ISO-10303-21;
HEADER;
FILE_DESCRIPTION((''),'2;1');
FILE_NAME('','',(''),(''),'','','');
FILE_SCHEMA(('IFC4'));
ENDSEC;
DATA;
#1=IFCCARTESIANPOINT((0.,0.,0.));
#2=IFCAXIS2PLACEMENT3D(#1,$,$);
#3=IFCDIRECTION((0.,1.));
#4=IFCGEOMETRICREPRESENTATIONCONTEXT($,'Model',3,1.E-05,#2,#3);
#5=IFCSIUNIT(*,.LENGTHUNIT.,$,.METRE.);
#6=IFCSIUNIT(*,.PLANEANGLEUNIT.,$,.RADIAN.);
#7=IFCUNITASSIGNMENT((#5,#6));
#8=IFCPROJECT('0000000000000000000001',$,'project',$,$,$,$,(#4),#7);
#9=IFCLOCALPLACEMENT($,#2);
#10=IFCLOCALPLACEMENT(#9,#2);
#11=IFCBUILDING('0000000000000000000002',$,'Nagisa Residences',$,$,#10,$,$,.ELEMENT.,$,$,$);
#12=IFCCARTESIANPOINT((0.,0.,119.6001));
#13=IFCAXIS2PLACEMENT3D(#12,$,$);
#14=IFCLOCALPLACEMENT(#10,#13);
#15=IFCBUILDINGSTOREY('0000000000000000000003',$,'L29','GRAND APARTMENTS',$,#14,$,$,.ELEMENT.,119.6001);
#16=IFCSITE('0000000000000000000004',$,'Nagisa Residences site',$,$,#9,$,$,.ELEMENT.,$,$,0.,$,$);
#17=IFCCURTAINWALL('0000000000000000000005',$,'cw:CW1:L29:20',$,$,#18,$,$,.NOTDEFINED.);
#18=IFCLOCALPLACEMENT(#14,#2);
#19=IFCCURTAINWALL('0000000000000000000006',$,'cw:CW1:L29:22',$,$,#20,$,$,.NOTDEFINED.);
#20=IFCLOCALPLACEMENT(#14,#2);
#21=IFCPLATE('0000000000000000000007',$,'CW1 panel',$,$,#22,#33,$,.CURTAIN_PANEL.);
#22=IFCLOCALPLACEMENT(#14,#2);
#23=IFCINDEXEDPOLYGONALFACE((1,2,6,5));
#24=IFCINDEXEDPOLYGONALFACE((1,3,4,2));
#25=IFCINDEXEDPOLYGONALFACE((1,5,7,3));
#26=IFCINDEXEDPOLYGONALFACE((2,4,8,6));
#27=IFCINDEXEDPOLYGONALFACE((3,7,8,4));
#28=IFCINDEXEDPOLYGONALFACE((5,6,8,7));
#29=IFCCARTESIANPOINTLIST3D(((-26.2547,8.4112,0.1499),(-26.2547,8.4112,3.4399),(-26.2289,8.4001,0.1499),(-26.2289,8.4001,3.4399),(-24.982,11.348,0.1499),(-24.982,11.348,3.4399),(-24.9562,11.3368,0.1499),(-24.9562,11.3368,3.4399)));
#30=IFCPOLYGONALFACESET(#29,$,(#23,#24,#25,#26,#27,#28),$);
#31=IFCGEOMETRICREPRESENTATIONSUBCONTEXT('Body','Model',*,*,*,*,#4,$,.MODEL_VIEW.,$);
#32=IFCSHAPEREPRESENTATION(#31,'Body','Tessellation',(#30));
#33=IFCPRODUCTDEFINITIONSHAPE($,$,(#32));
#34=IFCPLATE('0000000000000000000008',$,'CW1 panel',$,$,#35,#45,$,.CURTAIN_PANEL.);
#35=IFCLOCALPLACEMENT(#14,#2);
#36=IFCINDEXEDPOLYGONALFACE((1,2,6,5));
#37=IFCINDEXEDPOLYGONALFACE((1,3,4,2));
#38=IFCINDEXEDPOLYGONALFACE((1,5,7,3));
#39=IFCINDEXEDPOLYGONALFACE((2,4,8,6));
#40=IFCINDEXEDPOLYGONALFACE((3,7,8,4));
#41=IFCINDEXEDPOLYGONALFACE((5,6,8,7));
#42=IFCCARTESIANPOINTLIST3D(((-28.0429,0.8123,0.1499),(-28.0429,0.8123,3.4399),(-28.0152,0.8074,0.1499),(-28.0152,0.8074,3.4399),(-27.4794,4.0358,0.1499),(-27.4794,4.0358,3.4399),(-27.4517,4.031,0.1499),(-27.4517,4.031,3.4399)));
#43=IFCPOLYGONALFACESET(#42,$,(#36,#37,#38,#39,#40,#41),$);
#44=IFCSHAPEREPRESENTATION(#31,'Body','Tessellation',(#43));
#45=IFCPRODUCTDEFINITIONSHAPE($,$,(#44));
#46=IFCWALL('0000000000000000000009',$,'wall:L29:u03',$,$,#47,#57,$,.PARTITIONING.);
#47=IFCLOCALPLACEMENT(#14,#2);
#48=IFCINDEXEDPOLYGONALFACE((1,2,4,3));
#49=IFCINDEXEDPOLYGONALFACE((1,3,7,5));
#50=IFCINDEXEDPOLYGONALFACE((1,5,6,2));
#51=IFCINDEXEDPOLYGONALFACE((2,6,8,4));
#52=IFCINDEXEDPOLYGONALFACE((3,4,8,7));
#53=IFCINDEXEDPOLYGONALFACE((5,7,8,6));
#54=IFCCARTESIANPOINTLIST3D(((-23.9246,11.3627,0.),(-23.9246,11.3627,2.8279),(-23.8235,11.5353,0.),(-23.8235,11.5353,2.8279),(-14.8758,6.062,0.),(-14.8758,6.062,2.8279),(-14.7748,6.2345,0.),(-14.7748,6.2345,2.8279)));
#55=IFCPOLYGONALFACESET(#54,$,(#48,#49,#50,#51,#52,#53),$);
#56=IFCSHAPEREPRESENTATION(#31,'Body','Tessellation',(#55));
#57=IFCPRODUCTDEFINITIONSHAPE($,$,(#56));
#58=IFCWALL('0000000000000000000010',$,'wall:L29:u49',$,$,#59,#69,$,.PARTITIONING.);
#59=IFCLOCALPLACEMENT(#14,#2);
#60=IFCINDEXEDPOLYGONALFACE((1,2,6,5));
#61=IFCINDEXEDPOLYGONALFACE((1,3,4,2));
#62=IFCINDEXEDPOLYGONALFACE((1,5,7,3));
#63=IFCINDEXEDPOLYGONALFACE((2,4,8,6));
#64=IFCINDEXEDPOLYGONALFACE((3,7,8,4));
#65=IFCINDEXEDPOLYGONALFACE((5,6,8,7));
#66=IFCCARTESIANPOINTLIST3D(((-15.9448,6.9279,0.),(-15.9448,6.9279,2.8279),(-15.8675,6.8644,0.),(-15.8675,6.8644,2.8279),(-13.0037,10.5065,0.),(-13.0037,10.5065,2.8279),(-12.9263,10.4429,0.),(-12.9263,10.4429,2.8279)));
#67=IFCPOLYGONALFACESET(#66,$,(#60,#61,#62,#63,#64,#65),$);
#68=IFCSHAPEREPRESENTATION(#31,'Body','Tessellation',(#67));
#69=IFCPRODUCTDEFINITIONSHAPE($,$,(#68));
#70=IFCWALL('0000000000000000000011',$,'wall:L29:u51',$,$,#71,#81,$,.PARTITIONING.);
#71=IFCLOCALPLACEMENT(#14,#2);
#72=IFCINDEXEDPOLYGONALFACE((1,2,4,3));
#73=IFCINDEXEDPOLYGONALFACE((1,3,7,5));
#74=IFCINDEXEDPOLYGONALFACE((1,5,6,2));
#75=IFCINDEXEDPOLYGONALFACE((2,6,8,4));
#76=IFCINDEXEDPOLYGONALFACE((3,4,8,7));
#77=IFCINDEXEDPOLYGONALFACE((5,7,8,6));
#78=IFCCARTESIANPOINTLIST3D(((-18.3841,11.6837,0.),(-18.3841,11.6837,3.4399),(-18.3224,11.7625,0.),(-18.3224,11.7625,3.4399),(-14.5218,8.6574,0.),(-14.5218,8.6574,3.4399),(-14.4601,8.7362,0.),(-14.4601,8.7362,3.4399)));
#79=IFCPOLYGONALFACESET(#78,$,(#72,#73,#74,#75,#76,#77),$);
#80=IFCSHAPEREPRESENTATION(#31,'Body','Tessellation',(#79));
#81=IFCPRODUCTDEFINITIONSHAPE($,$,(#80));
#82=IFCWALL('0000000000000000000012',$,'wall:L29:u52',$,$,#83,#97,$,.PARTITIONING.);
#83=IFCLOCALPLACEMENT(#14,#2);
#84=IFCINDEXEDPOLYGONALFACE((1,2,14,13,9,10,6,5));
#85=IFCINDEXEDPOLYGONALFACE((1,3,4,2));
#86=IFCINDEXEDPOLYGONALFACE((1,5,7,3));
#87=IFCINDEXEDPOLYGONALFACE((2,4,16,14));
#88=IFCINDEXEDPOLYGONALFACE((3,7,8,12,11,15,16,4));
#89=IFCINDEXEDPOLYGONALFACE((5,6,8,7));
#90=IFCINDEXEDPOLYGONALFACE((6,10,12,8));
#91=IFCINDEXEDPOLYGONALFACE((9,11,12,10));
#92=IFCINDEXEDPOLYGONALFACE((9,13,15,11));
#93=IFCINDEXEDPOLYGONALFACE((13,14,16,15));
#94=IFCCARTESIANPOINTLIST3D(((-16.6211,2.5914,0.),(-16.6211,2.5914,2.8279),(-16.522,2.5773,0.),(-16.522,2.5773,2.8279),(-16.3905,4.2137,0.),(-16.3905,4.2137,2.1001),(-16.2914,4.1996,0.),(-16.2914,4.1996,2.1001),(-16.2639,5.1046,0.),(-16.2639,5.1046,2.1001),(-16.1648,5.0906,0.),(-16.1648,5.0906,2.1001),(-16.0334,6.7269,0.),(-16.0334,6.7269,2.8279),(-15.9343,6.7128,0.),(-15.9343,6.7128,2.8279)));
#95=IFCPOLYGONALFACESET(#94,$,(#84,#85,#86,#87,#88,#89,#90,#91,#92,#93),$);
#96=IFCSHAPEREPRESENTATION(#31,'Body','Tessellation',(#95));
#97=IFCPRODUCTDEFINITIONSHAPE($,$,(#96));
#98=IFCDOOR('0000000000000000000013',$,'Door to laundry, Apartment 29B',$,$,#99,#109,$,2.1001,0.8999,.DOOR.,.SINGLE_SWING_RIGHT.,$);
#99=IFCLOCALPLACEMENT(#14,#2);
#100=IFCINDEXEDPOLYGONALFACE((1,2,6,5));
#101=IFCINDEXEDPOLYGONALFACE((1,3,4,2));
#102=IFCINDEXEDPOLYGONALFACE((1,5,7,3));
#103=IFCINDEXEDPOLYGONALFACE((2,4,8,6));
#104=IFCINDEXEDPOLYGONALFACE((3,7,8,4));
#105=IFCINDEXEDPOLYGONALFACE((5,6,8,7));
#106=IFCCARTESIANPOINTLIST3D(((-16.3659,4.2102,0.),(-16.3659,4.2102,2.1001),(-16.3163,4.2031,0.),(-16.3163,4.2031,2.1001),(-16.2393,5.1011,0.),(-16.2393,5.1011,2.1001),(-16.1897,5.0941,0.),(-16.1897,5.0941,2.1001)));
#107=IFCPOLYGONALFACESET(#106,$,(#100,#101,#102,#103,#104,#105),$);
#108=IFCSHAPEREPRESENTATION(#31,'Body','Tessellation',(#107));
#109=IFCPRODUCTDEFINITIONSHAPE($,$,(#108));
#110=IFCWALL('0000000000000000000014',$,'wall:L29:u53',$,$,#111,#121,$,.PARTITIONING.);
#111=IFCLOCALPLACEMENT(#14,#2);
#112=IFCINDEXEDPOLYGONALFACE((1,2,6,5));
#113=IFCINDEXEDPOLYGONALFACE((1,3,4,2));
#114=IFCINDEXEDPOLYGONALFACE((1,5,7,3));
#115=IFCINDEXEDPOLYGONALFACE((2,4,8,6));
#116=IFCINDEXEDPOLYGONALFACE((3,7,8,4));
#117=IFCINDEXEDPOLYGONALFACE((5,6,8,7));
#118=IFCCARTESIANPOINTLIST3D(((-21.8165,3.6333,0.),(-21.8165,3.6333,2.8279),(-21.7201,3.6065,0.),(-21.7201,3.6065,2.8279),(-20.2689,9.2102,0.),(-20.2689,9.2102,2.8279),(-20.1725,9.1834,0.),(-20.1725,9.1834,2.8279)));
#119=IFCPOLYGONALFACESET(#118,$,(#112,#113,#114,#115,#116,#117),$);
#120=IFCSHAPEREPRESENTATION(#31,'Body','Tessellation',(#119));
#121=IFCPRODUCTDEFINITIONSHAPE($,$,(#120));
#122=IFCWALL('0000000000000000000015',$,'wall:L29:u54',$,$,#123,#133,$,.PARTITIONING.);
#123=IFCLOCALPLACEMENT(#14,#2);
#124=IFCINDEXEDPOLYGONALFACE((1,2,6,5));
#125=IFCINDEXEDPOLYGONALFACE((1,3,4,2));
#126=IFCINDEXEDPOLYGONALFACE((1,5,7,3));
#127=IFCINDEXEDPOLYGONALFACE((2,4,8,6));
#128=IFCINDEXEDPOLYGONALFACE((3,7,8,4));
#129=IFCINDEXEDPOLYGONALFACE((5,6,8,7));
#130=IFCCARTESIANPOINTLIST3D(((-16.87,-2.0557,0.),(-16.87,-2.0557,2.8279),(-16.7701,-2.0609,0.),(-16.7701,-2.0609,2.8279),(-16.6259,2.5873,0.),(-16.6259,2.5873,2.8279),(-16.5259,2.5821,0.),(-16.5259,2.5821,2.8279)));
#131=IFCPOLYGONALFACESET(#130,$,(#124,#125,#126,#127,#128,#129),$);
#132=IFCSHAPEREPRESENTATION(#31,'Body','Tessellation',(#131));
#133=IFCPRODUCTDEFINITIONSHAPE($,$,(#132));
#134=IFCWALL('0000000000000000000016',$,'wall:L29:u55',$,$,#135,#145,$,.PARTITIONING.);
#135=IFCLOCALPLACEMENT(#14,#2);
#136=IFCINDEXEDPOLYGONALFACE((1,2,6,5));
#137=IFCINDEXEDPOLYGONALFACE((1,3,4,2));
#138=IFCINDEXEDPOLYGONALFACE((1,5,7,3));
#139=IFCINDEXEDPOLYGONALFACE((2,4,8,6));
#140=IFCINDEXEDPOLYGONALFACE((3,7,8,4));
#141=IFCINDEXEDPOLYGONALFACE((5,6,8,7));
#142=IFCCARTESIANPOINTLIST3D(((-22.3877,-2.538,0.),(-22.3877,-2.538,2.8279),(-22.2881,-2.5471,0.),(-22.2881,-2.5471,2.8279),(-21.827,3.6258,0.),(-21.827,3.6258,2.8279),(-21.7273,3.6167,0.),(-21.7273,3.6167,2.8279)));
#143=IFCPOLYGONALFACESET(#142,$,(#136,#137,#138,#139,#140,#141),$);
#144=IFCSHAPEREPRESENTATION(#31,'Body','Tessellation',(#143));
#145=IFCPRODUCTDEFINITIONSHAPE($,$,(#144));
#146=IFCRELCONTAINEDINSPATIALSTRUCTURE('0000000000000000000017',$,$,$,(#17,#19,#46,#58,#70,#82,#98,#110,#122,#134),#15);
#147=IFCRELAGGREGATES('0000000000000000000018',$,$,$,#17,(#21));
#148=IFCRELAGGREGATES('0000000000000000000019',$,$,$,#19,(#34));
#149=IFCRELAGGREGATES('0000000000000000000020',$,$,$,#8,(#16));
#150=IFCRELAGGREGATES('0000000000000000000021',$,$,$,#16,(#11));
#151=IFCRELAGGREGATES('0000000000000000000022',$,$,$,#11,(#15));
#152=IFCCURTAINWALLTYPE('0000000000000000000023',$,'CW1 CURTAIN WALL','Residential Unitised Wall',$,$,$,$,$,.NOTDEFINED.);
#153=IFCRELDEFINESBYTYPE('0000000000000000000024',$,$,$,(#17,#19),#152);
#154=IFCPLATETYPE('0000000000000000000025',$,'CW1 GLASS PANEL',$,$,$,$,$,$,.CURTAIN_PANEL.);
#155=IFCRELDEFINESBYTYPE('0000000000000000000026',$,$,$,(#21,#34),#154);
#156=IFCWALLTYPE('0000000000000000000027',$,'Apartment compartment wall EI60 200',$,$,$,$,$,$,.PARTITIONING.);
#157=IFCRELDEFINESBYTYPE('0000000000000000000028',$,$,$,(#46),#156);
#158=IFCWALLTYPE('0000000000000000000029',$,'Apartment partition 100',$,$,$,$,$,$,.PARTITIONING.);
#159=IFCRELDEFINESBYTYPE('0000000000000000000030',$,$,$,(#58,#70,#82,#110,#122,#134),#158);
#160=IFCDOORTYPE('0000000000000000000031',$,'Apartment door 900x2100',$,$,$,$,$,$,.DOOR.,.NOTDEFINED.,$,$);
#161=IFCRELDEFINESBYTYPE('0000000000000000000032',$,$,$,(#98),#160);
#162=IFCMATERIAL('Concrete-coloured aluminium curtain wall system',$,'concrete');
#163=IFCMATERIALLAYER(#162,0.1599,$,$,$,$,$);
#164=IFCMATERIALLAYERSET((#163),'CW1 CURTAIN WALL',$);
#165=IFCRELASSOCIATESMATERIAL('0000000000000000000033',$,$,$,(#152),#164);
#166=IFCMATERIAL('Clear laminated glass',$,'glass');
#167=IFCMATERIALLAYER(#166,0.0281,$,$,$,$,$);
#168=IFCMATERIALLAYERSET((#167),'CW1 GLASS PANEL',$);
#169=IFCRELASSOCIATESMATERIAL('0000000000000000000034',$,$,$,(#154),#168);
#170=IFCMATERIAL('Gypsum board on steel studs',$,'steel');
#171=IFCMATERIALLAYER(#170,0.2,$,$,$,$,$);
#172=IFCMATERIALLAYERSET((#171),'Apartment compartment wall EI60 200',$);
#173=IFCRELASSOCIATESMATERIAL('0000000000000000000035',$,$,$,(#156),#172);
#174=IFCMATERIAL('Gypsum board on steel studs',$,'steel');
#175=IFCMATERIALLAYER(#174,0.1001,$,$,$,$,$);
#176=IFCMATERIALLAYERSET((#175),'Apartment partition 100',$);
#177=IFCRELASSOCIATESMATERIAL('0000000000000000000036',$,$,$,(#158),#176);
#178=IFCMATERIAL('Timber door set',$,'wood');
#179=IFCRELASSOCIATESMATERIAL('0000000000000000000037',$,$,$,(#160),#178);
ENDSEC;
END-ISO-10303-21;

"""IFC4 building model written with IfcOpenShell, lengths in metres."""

from ifc_helpers import new_model, si_unit, direction, frame, frame_2d, origin, origin_2d, place, context, subcontext, project, spatial, rectangle, extrude, material, layer, layer_set, type_object, element, fill, aggregate, save


model = new_model("IFC4")

# Units and contexts
model_context = context("Model", 3, precision=1e-05, world=origin(), true_north=direction((0.0, 1.0)))
body_context = subcontext(model_context, "Body", "Model", "MODEL_VIEW")
ifc_project = project(units=[si_unit("LENGTHUNIT", "METRE"), si_unit("PLANEANGLEUNIT", "RADIAN")], contexts=[model_context])

# Site, building, storey
site_placement = place(None, origin())
site = spatial("IfcSite", under=ifc_project, at=site_placement, Name="Nagisa Residences site", CompositionType="ELEMENT", RefElevation=0.0)
building_placement = place(site_placement, origin())
building = spatial("IfcBuilding", under=site, at=building_placement, Name="Nagisa Residences", CompositionType="ELEMENT")
storey_placement = place(building_placement, frame((0.0, 0.0, 119.6001)))
storey = spatial("IfcBuildingStorey", under=building, at=storey_placement, Name="L29", Description="GRAND APARTMENTS", CompositionType="ELEMENT", Elevation=119.6001)

# Curtain walls
ifc_material_1 = material(Name="Concrete-coloured aluminium curtain wall system", Category="concrete")
ifc_layer_1 = layer(ifc_material_1, 0.1599)
ifc_layer_set_1 = layer_set([ifc_layer_1], Name="CW1 CURTAIN WALL")
curtain_wall_type = type_object("IfcCurtainWallType", Name="CW1 CURTAIN WALL", Description="Residential Unitised Wall", PredefinedType="NOTDEFINED", material=ifc_layer_set_1)
curtain_wall_1_placement = place(storey_placement, origin())
curtain_wall_1 = element("IfcCurtainWall", 1, at=curtain_wall_1_placement, inside=storey, type_object=curtain_wall_type, Name="cw:CW1:L29:20", PredefinedType="NOTDEFINED")
curtain_wall_2_placement = place(storey_placement, origin())
curtain_wall_2 = element("IfcCurtainWall", 2, at=curtain_wall_2_placement, inside=storey, type_object=curtain_wall_type, Name="cw:CW1:L29:22", PredefinedType="NOTDEFINED")

# Plates
ifc_material_2 = material(Name="Clear laminated glass", Category="glass")
ifc_layer_2 = layer(ifc_material_2, 0.0281)
ifc_layer_set_2 = layer_set([ifc_layer_2], Name="CW1 GLASS PANEL")
plate_type = type_object("IfcPlateType", Name="CW1 GLASS PANEL", PredefinedType="CURTAIN_PANEL", material=ifc_layer_set_2)
plate_1_placement = place(storey_placement, frame((-25.6055, 9.874, 0.1499), z_axis=(0.0, 0.0, 1.0), x_axis=(-0.397636, -0.917543, 0.0)))
plate_1 = element("IfcPlate", 3, at=plate_1_placement, type_object=plate_type, Name="CW1 panel", PredefinedType="CURTAIN_PANEL", context=body_context, shape_type="SweptSolid", body=[
    extrude(rectangle(XDim=3.2007, YDim=0.0281, at=origin_2d()), origin(), (0.0, 0.0, 1.0), 3.29),
])
aggregate(curtain_wall_1, [plate_1])
plate_2_placement = place(storey_placement, frame((-27.7473, 2.4216, 0.1499), z_axis=(0.0, 0.0, 1.0), x_axis=(-0.172191, -0.985064, 0.0)))
plate_2 = element("IfcPlate", 4, at=plate_2_placement, type_object=plate_type, Name="CW1 panel", PredefinedType="CURTAIN_PANEL", context=body_context, shape_type="SweptSolid", body=[
    extrude(rectangle(XDim=3.2725, YDim=0.0281, at=origin_2d()), origin(), (0.0, 0.0, 1.0), 3.29),
])
aggregate(curtain_wall_2, [plate_2])

# Walls
ifc_material_3 = material(Name="Gypsum board on steel studs", Category="steel")
ifc_layer_3 = layer(ifc_material_3, 0.2)
ifc_layer_set_3 = layer_set([ifc_layer_3], Name="Apartment compartment wall EI60 200")
wall_type_1 = type_object("IfcWallType", Name="Apartment compartment wall EI60 200", PredefinedType="PARTITIONING", material=ifc_layer_set_3)
wall_1_placement = place(storey_placement, frame((-14.8252, 6.1482, 0.0), z_axis=(0.0, 0.0, 1.0), x_axis=(-0.862852, 0.505457, 0.0)))
element("IfcWall", 5, at=wall_1_placement, inside=storey, type_object=wall_type_1, Name="wall:L29:u03", PredefinedType="PARTITIONING", context=body_context, shape_type="SweptSolid", body=[
    extrude(rectangle(XDim=10.4871, YDim=0.2, at=frame_2d((5.2437, 0.0))), origin(), (0.0, 0.0, 1.0), 2.8279),
])
ifc_material_4 = material(Name="Gypsum board on steel studs", Category="steel")
ifc_layer_4 = layer(ifc_material_4, 0.1001)
ifc_layer_set_4 = layer_set([ifc_layer_4], Name="Apartment partition 100")
wall_type_2 = type_object("IfcWallType", Name="Apartment partition 100", PredefinedType="PARTITIONING", material=ifc_layer_set_4)
wall_2_placement = place(storey_placement, frame((-12.9651, 10.4746, 0.0), z_axis=(0.0, 0.0, 1.0), x_axis=(-0.634944, -0.772558, 0.0)))
element("IfcWall", 6, at=wall_2_placement, inside=storey, type_object=wall_type_2, Name="wall:L29:u49", PredefinedType="PARTITIONING", context=body_context, shape_type="SweptSolid", body=[
    extrude(rectangle(XDim=4.6321, YDim=0.1001, at=frame_2d((2.3159, 0.0))), origin(), (0.0, 0.0, 1.0), 2.8279),
])
wall_3_placement = place(storey_placement, frame((-14.491, 8.6968, 0.0), z_axis=(0.0, 0.0, 1.0), x_axis=(-0.787139, 0.616775, 0.0)))
element("IfcWall", 7, at=wall_3_placement, inside=storey, type_object=wall_type_2, Name="wall:L29:u51", PredefinedType="PARTITIONING", context=body_context, shape_type="SweptSolid", body=[
    extrude(rectangle(XDim=4.9067, YDim=0.1001, at=frame_2d((2.4534, 0.0))), origin(), (0.0, 0.0, 1.0), 3.4399),
])

# Wall, opening, door
wall_4_placement = place(storey_placement, frame((-15.9839, 6.7197, 0.0), z_axis=(0.0, 0.0, 1.0), x_axis=(-0.140685, -0.990054, 0.0)))
wall_4 = element("IfcWall", 8, at=wall_4_placement, inside=storey, type_object=wall_type_2, Name="wall:L29:u52", PredefinedType="PARTITIONING", context=body_context, shape_type="SweptSolid", body=[
    extrude(rectangle(XDim=4.177, YDim=0.1001, at=frame_2d((2.0884, 0.0))), origin(), (0.0, 0.0, 1.0), 2.8279),
])
opening_1_placement = place(wall_4_placement, frame((1.6384, 0.0, 0.0)))
opening_1 = element("IfcOpeningElement", 9, at=opening_1_placement, cuts=wall_4, PredefinedType="OPENING", context=body_context, shape_type="SweptSolid", body=[
    extrude(rectangle(XDim=0.8999, YDim=2.1001, at=frame_2d((0.45, 1.05))), frame((0.0, 0.0601, 0.0), z_axis=(0.0, -1.0, 0.0), x_axis=(1.0, 0.0, 0.0)), (0.0, 0.0, 1.0), 0.1201),
])
ifc_material_5 = material(Name="Timber door set", Category="wood")
door_type_1 = type_object("IfcDoorType", Name="Apartment door 900x2100", OperationType="NOTDEFINED", PredefinedType="DOOR", material=ifc_material_5)
door_1_placement = place(opening_1_placement, origin())
door_1 = element("IfcDoor", 10, at=door_1_placement, inside=storey, type_object=door_type_1, Name="Door to laundry, Apartment 29B", OperationType="SINGLE_SWING_RIGHT", OverallHeight=2.1001, OverallWidth=0.8999, PredefinedType="DOOR", context=body_context, shape_type="SweptSolid", body=[
    extrude(rectangle(XDim=0.8999, YDim=2.1001, at=frame_2d((0.45, 1.05))), frame((0.0, 0.0249, 0.0), z_axis=(0.0, -1.0, 0.0), x_axis=(1.0, 0.0, 0.0)), (0.0, 0.0, 1.0), 0.05),
])
fill(opening_1, door_1)

# Walls
wall_5_placement = place(storey_placement, frame((-20.2207, 9.1968, 0.0), z_axis=(0.0, 0.0, 1.0), x_axis=(-0.267398, -0.963586, 0.0)))
element("IfcWall", 11, at=wall_5_placement, inside=storey, type_object=wall_type_2, Name="wall:L29:u53", PredefinedType="PARTITIONING", context=body_context, shape_type="SweptSolid", body=[
    extrude(rectangle(XDim=5.7876, YDim=0.1001, at=frame_2d((2.8938, 0.0))), origin(), (0.0, 0.0, 1.0), 2.8279),
])
wall_6_placement = place(storey_placement, frame((-16.5759, 2.5847, 0.0), z_axis=(0.0, 0.0, 1.0), x_axis=(-0.052509, -0.99862, 0.0)))
element("IfcWall", 12, at=wall_6_placement, inside=storey, type_object=wall_type_2, Name="wall:L29:u54", PredefinedType="PARTITIONING", context=body_context, shape_type="SweptSolid", body=[
    extrude(rectangle(XDim=4.6494, YDim=0.1001, at=frame_2d((2.3247, 0.0))), origin(), (0.0, 0.0, 1.0), 2.8279),
])
wall_7_placement = place(storey_placement, frame((-21.7771, 3.6213, 0.0), z_axis=(0.0, 0.0, 1.0), x_axis=(-0.090607, -0.995887, 0.0)))
element("IfcWall", 13, at=wall_7_placement, inside=storey, type_object=wall_type_2, Name="wall:L29:u55", PredefinedType="PARTITIONING", context=body_context, shape_type="SweptSolid", body=[
    extrude(rectangle(XDim=6.1892, YDim=0.1001, at=frame_2d((3.0947, 0.0))), origin(), (0.0, 0.0, 1.0), 2.8279),
])

save(model, "model.ifc")
